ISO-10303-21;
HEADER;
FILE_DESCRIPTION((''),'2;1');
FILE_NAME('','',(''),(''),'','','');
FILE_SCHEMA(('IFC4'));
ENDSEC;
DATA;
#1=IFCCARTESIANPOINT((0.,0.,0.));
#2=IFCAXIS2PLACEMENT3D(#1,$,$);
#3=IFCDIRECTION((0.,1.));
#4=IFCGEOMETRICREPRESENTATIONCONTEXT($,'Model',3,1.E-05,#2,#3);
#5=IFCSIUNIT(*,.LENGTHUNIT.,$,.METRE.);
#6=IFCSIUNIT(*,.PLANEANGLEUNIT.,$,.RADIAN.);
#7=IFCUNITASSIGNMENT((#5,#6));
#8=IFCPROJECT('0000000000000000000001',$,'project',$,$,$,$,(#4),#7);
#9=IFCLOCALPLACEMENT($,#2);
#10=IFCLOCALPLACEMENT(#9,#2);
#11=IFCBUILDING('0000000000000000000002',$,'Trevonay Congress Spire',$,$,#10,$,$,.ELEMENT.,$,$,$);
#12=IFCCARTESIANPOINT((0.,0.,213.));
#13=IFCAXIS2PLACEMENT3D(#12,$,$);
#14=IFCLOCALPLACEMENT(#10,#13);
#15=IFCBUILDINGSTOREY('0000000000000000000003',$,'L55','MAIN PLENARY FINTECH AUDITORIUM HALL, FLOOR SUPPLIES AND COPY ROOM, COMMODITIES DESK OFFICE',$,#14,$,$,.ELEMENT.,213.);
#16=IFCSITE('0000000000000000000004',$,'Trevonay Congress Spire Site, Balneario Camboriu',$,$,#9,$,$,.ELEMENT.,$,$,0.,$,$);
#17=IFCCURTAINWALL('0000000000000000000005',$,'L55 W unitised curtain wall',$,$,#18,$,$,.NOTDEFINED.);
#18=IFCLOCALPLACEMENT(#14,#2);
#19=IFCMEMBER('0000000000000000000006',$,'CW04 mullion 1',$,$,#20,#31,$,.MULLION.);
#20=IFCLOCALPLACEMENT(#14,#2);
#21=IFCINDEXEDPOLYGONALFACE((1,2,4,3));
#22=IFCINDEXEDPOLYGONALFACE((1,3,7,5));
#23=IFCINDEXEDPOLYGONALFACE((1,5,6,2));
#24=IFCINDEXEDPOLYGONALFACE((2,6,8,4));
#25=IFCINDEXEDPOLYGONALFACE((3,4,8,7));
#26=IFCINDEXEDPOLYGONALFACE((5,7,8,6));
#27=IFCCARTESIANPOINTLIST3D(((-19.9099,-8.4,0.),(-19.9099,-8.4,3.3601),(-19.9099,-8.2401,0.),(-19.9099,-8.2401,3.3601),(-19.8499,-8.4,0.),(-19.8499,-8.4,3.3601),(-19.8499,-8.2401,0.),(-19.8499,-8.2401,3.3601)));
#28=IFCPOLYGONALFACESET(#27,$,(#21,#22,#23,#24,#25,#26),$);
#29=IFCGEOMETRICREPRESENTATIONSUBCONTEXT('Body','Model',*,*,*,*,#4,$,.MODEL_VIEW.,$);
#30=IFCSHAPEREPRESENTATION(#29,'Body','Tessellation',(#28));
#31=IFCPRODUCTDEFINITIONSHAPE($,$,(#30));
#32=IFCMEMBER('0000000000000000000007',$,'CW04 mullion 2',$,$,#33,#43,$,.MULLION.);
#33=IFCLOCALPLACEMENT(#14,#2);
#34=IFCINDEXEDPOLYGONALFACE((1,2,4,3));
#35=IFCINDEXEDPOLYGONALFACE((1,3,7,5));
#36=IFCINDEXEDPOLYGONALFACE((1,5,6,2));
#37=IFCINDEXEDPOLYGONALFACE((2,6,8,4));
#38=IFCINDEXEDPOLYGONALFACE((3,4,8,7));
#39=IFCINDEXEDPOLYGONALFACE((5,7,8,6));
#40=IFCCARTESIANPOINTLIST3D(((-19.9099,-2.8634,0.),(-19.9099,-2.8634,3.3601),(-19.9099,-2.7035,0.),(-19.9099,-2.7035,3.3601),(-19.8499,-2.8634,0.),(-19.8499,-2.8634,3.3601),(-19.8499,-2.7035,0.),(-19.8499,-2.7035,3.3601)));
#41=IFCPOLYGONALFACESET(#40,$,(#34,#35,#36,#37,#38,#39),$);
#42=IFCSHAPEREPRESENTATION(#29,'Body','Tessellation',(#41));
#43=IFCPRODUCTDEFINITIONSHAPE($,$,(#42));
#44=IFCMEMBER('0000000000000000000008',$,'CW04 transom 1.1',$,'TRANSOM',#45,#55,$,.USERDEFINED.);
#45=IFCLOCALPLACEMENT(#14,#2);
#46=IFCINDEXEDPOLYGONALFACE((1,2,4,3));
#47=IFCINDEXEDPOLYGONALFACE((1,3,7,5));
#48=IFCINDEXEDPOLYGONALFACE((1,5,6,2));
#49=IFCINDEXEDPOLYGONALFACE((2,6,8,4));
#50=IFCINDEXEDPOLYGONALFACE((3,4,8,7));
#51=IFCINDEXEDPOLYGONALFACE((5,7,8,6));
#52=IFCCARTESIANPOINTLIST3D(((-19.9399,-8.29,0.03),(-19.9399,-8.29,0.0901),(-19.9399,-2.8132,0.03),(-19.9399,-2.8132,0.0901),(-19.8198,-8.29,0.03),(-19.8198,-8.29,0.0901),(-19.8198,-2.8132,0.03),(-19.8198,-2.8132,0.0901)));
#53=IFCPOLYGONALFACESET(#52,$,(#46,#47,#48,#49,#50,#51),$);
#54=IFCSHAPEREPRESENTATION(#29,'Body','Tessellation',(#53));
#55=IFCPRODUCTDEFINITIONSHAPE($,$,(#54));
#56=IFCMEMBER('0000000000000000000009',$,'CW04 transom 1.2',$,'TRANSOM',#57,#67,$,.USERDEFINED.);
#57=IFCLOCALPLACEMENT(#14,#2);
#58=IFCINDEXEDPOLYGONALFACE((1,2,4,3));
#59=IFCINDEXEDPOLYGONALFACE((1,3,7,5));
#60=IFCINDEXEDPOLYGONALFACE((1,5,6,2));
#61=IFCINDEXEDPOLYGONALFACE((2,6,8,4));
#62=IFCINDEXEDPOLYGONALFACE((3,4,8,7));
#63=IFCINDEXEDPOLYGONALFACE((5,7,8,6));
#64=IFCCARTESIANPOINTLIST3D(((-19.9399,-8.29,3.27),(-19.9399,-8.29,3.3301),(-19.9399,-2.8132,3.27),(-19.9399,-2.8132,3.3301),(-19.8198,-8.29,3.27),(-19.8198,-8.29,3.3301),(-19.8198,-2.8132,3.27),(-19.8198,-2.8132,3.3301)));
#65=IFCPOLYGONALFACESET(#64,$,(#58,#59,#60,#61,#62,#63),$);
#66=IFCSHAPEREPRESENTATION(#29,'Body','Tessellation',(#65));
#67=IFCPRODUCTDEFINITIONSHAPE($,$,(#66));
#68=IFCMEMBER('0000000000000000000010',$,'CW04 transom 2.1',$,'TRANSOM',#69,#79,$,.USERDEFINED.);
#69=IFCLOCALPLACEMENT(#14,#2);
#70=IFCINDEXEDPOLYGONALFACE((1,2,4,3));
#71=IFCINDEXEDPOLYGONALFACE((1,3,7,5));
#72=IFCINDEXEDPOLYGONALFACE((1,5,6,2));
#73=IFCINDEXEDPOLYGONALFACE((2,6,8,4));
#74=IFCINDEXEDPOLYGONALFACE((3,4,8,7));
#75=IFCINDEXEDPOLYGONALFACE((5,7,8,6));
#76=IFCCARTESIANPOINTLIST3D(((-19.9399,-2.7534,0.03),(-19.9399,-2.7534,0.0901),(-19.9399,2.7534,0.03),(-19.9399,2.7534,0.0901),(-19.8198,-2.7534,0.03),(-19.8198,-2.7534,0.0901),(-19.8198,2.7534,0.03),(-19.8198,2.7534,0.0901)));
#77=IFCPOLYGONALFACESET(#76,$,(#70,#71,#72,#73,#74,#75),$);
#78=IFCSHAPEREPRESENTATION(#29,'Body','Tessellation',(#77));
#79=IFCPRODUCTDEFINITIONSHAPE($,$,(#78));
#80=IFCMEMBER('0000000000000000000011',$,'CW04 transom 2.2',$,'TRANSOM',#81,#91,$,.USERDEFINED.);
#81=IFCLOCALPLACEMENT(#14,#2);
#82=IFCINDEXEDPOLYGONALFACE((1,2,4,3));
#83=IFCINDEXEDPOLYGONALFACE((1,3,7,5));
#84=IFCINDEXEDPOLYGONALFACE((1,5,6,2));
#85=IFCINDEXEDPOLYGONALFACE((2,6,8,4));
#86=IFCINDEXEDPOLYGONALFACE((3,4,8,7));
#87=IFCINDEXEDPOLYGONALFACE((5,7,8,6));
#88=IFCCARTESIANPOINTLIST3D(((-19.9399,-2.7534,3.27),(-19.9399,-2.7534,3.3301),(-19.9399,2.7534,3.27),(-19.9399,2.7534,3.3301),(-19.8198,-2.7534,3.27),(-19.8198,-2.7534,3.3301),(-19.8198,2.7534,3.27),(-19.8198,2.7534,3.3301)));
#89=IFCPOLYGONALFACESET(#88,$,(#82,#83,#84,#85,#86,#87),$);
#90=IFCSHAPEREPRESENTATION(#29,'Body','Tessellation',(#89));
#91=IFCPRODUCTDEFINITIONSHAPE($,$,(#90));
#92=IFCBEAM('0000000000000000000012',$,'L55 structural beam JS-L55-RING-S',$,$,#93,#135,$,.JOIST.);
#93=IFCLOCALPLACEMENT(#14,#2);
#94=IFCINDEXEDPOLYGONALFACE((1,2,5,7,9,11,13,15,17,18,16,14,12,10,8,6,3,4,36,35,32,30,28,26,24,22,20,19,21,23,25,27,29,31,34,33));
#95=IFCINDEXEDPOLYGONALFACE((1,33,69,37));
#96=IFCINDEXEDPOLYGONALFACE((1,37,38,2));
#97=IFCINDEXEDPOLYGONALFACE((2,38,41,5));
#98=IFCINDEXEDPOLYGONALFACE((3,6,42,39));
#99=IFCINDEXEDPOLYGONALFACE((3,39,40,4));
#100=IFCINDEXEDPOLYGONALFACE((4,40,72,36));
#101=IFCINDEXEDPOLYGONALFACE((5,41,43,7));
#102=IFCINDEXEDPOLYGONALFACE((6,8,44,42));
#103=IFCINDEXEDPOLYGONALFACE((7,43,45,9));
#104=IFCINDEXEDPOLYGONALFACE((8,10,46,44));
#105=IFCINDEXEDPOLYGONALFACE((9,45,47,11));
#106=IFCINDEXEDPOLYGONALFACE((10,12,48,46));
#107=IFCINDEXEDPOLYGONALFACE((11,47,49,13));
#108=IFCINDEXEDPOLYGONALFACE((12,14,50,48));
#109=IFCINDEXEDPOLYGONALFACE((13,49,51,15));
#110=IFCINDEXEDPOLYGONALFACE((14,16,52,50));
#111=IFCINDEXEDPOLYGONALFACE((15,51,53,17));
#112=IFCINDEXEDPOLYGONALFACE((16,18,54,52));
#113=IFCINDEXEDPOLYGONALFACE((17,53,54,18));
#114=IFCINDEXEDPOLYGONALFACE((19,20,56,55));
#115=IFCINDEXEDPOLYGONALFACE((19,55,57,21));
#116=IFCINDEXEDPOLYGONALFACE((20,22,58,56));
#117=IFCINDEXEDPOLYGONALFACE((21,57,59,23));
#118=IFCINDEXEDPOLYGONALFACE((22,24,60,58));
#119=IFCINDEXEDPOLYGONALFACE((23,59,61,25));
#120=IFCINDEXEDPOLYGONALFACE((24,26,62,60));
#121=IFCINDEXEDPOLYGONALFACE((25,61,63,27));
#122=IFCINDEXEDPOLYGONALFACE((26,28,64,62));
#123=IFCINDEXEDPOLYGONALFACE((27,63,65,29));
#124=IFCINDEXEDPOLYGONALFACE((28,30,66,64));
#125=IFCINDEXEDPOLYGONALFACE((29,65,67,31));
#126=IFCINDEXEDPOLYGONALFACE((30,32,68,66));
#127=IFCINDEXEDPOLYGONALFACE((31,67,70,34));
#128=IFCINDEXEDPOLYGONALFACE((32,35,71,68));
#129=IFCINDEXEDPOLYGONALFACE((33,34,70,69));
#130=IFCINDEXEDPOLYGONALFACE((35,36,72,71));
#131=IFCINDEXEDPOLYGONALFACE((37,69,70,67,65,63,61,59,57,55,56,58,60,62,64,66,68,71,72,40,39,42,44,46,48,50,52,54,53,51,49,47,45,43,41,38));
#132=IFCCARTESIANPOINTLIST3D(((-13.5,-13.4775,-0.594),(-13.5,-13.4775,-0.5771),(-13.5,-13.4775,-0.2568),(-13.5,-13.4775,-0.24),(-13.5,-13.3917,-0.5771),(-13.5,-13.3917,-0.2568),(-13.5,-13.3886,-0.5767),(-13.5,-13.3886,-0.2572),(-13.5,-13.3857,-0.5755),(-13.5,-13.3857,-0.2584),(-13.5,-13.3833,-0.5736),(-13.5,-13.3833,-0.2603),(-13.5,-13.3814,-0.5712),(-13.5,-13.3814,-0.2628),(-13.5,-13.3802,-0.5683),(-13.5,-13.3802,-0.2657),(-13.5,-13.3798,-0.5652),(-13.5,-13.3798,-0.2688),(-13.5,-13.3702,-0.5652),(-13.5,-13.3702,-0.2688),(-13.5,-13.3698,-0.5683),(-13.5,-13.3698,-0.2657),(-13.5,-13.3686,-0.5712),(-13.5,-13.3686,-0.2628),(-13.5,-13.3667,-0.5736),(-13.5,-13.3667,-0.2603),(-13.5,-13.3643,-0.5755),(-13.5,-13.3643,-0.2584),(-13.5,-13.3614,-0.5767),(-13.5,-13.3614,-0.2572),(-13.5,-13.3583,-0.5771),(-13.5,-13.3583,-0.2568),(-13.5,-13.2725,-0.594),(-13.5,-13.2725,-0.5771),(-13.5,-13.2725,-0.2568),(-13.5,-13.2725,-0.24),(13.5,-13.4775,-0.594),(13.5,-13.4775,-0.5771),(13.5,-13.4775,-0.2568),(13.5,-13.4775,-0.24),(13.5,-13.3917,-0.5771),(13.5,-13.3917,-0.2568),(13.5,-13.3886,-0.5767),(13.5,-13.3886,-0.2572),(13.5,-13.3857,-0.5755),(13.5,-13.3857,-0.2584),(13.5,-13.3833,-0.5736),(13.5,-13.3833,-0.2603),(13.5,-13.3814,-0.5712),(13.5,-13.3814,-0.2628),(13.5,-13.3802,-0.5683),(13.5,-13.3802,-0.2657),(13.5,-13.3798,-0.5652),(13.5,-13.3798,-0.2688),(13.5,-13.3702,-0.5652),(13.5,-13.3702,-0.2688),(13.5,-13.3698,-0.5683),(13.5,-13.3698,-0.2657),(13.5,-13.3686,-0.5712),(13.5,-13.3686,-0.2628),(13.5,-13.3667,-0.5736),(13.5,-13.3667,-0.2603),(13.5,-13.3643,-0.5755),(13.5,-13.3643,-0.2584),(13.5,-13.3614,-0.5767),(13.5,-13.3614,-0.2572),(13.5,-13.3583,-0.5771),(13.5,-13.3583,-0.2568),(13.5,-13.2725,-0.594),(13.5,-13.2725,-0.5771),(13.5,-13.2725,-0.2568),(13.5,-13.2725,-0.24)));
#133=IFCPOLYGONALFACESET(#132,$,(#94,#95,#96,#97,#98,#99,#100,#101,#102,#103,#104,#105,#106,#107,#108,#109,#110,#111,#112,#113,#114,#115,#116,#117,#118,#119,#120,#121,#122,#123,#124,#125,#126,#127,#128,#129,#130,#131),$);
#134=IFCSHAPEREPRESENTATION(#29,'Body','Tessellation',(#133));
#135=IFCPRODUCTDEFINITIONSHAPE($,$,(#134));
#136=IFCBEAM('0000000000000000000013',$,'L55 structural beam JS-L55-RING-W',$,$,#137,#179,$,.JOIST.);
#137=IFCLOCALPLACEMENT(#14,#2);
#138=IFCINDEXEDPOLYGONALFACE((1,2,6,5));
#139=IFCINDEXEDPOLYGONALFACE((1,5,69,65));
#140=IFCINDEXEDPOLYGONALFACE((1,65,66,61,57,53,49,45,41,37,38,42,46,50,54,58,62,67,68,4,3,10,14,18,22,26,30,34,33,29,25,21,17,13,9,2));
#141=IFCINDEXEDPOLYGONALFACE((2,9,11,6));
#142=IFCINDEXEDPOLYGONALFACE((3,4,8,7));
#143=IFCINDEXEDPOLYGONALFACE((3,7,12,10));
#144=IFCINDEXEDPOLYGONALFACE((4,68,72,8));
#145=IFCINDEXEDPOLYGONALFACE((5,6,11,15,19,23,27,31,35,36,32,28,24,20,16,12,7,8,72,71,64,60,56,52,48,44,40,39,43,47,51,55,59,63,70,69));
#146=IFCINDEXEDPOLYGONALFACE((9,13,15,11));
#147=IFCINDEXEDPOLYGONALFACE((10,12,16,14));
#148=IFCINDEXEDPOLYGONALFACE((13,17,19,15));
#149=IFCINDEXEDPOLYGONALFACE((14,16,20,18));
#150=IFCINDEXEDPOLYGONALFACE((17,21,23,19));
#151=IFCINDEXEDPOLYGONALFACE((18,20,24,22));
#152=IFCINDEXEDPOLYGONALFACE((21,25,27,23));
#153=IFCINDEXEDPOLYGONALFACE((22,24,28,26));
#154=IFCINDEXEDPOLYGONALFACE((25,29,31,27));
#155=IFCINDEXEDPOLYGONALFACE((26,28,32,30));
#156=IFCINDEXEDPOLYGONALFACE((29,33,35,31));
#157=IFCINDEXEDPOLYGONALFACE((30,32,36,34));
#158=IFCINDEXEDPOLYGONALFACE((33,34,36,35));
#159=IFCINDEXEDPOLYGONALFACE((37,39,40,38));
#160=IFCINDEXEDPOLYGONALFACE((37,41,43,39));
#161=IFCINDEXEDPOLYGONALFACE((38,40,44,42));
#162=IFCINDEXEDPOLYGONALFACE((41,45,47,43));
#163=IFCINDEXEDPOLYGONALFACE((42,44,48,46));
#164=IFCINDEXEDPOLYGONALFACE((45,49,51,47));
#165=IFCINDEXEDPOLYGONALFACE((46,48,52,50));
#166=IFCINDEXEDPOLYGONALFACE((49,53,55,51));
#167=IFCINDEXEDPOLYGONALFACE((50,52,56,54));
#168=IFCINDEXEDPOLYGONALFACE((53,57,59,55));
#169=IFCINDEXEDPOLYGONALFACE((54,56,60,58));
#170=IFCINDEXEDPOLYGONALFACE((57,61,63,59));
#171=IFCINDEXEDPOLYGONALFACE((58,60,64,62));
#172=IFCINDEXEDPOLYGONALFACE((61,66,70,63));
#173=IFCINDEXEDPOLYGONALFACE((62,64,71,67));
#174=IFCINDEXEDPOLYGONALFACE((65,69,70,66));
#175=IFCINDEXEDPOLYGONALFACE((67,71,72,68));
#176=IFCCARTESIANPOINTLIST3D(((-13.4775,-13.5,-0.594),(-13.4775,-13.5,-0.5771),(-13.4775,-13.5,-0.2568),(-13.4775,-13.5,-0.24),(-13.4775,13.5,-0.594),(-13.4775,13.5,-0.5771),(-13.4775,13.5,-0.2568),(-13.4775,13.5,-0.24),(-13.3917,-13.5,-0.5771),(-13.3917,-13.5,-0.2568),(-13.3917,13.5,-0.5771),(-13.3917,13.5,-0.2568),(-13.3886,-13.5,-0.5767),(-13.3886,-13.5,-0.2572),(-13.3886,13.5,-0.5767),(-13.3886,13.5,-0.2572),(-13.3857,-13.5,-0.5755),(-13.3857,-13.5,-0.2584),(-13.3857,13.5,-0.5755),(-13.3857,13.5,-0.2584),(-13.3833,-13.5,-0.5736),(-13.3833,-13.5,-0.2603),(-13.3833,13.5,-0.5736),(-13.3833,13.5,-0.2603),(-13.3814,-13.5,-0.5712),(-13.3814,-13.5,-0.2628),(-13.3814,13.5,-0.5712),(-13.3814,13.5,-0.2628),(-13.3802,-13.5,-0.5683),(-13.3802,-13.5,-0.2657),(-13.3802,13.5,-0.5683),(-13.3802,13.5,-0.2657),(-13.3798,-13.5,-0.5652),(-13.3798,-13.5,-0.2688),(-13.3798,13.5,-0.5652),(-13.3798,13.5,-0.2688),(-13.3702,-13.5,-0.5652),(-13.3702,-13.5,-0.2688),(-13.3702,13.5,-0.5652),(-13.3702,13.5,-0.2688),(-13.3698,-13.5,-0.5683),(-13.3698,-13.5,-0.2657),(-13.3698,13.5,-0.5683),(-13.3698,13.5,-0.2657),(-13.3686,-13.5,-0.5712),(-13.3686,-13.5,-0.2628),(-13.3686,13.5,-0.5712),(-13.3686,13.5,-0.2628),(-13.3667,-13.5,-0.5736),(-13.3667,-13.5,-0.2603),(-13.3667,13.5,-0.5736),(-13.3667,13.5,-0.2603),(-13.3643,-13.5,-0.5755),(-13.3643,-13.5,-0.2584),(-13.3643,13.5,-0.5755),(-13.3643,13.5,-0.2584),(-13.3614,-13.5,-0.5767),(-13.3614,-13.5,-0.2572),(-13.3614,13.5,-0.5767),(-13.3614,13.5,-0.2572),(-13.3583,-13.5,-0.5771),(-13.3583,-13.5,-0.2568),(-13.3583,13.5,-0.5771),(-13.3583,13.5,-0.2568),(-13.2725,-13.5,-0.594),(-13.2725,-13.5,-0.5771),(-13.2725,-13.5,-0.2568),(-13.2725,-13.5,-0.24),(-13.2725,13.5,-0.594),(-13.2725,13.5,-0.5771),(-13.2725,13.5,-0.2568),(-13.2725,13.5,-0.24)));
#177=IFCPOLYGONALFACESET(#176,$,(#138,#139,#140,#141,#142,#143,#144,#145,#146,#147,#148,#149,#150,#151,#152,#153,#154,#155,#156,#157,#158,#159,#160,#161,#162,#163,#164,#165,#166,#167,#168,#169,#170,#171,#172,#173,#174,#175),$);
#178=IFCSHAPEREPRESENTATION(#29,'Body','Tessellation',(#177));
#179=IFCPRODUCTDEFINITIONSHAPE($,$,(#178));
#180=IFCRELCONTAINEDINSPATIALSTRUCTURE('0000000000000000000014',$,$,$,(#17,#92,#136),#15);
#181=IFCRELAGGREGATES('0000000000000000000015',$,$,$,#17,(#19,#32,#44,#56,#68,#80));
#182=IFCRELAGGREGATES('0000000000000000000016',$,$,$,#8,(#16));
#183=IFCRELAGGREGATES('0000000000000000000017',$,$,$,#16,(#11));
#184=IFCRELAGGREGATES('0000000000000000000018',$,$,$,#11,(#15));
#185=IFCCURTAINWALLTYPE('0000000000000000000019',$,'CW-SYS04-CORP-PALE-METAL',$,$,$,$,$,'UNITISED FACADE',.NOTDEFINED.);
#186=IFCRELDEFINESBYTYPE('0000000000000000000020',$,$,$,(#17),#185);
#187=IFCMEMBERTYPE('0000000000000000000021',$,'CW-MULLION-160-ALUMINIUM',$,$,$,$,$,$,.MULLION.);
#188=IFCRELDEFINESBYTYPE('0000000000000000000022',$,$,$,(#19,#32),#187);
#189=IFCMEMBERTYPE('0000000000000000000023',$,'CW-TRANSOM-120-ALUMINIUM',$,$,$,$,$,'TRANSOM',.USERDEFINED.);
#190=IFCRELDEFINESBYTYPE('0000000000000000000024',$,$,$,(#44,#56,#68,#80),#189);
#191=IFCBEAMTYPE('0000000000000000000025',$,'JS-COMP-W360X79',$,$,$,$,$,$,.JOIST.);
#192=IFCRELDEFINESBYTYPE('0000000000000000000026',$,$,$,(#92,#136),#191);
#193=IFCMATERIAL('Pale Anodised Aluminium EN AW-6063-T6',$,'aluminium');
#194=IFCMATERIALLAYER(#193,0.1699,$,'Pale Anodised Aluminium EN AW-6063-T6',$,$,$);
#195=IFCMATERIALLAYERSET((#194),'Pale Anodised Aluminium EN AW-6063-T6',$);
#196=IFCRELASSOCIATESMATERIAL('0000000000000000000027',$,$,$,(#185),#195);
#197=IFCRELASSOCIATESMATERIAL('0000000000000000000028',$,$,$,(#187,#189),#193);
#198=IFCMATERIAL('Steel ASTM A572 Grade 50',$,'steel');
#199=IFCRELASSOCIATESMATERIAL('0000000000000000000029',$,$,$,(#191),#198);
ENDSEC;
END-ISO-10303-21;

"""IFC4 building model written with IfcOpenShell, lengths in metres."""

from ifc_helpers import new_model, si_unit, direction, frame, origin, origin_2d, place, context, subcontext, project, spatial, rectangle, i_section, extrude, material, layer, layer_set, material_profile, profile_set, type_object, element, aggregate, save


model = new_model("IFC4")

# Units and contexts
model_context = context("Model", 3, precision=1e-05, world=origin(), true_north=direction((0.0, 1.0)))
body_context = subcontext(model_context, "Body", "Model", "MODEL_VIEW")
ifc_project = project(units=[si_unit("LENGTHUNIT", "METRE"), si_unit("PLANEANGLEUNIT", "RADIAN")], contexts=[model_context])

# Site, building, storey
site_placement = place(None, origin())
site = spatial("IfcSite", under=ifc_project, at=site_placement, Name="Trevonay Congress Spire Site, Balneario Camboriu", CompositionType="ELEMENT", RefElevation=0.0)
building_placement = place(site_placement, origin())
building = spatial("IfcBuilding", under=site, at=building_placement, Name="Trevonay Congress Spire", CompositionType="ELEMENT")
storey_placement = place(building_placement, frame((0.0, 0.0, 213.0)))
storey = spatial("IfcBuildingStorey", under=building, at=storey_placement, Name="L55", Description="MAIN PLENARY FINTECH AUDITORIUM HALL, FLOOR SUPPLIES AND COPY ROOM, COMMODITIES DESK OFFICE", CompositionType="ELEMENT", Elevation=213.0)

# Shared definitions
ifc_material_1 = material(Name="Steel ASTM A572 Grade 50", Category="steel")

# Curtain wall, members
ifc_material_2 = material(Name="Pale Anodised Aluminium EN AW-6063-T6", Category="aluminium")
ifc_layer_1 = layer(ifc_material_2, 0.1699, Name="Pale Anodised Aluminium EN AW-6063-T6")
ifc_layer_set_1 = layer_set([ifc_layer_1], Name="Pale Anodised Aluminium EN AW-6063-T6")
curtain_wall_type = type_object("IfcCurtainWallType", Name="CW-SYS04-CORP-PALE-METAL", ElementType="UNITISED FACADE", PredefinedType="NOTDEFINED", material=ifc_layer_set_1)
curtain_wall_placement = place(storey_placement, origin())
curtain_wall = element("IfcCurtainWall", 1, at=curtain_wall_placement, inside=storey, type_object=curtain_wall_type, Name="L55 W unitised curtain wall", PredefinedType="NOTDEFINED")
ifc_material_profile_1 = material_profile(ifc_material_2, rectangle(XDim=0.0601, YDim=0.1599, at=origin_2d()), Name="CW-MULLION-160-ALUMINIUM")
ifc_profile_set_1 = profile_set([ifc_material_profile_1], Name="Pale Anodised Aluminium EN AW-6063-T6")
member_type_1 = type_object("IfcMemberType", Name="CW-MULLION-160-ALUMINIUM", PredefinedType="MULLION", material=ifc_profile_set_1)
member_1_placement = place(storey_placement, frame((-19.8799, -8.3201, 0.0), z_axis=(0.0, 0.0, 1.0), x_axis=(-1.0, 0.0, 0.0)))
member_1 = element("IfcMember", 2, at=member_1_placement, type_object=member_type_1, Name="CW04 mullion 1", PredefinedType="MULLION", context=body_context, shape_type="SweptSolid", body=[
    extrude(rectangle(XDim=0.0601, YDim=0.1599, at=origin_2d()), origin(), (0.0, 0.0, 1.0), 3.3601),
])
member_2_placement = place(storey_placement, frame((-19.8799, -2.7834, 0.0), z_axis=(0.0, 0.0, 1.0), x_axis=(-1.0, 0.0, 0.0)))
member_2 = element("IfcMember", 3, at=member_2_placement, type_object=member_type_1, Name="CW04 mullion 2", PredefinedType="MULLION", context=body_context, shape_type="SweptSolid", body=[
    extrude(rectangle(XDim=0.0601, YDim=0.1599, at=origin_2d()), origin(), (0.0, 0.0, 1.0), 3.3601),
])
ifc_material_profile_2 = material_profile(ifc_material_2, rectangle(XDim=0.1201, YDim=0.0601, at=origin_2d()), Name="CW-TRANSOM-120-ALUMINIUM")
ifc_profile_set_2 = profile_set([ifc_material_profile_2], Name="Pale Anodised Aluminium EN AW-6063-T6")
member_type_2 = type_object("IfcMemberType", Name="CW-TRANSOM-120-ALUMINIUM", ElementType="TRANSOM", PredefinedType="USERDEFINED", material=ifc_profile_set_2)
member_3_placement = place(storey_placement, frame((-19.8799, -8.29, 0.0601), z_axis=(0.0, 1.0, 0.0), x_axis=(-1.0, 0.0, 0.0)))
member_3 = element("IfcMember", 4, at=member_3_placement, type_object=member_type_2, Name="CW04 transom 1.1", ObjectType="TRANSOM", PredefinedType="USERDEFINED", context=body_context, shape_type="SweptSolid", body=[
    extrude(rectangle(XDim=0.1201, YDim=0.0601, at=origin_2d()), origin(), (0.0, 0.0, 1.0), 5.4768),
])
member_4_placement = place(storey_placement, frame((-19.8799, -8.29, 3.3), z_axis=(0.0, 1.0, 0.0), x_axis=(-1.0, 0.0, 0.0)))
member_4 = element("IfcMember", 5, at=member_4_placement, type_object=member_type_2, Name="CW04 transom 1.2", ObjectType="TRANSOM", PredefinedType="USERDEFINED", context=body_context, shape_type="SweptSolid", body=[
    extrude(rectangle(XDim=0.1201, YDim=0.0601, at=origin_2d()), origin(), (0.0, 0.0, 1.0), 5.4768),
])
member_5_placement = place(storey_placement, frame((-19.8799, -2.7534, 0.0601), z_axis=(0.0, 1.0, 0.0), x_axis=(-1.0, 0.0, 0.0)))
member_5 = element("IfcMember", 6, at=member_5_placement, type_object=member_type_2, Name="CW04 transom 2.1", ObjectType="TRANSOM", PredefinedType="USERDEFINED", context=body_context, shape_type="SweptSolid", body=[
    extrude(rectangle(XDim=0.1201, YDim=0.0601, at=origin_2d()), origin(), (0.0, 0.0, 1.0), 5.5068),
])
member_6_placement = place(storey_placement, frame((-19.8799, -2.7534, 3.3), z_axis=(0.0, 1.0, 0.0), x_axis=(-1.0, 0.0, 0.0)))
member_6 = element("IfcMember", 7, at=member_6_placement, type_object=member_type_2, Name="CW04 transom 2.2", ObjectType="TRANSOM", PredefinedType="USERDEFINED", context=body_context, shape_type="SweptSolid", body=[
    extrude(rectangle(XDim=0.1201, YDim=0.0601, at=origin_2d()), origin(), (0.0, 0.0, 1.0), 5.5068),
])

# Beams
ifc_material_profile_3 = material_profile(ifc_material_1, i_section(OverallWidth=0.2051, OverallDepth=0.354, WebThickness=0.0095, FlangeThickness=0.0168, FilletRadius=0.012, at=origin_2d()), Name="W360x79")
ifc_profile_set_3 = profile_set([ifc_material_profile_3], Name="Steel ASTM A572 Grade 50")
beam_type_1 = type_object("IfcBeamType", Name="JS-COMP-W360X79", PredefinedType="JOIST", material=ifc_profile_set_3)
for number, where, z_axis, x_axis, name in (
    (8, (-13.5, -13.375, -0.417), (1.0, 0.0, 0.0), (0.0, 1.0, 0.0), "L55 structural beam JS-L55-RING-S"),
    (9, (-13.375, -13.5, -0.417), (0.0, 1.0, 0.0), (-1.0, 0.0, 0.0), "L55 structural beam JS-L55-RING-W"),
):
    element("IfcBeam", number, at=place(storey_placement, frame(where, z_axis=z_axis, x_axis=x_axis)), inside=storey, type_object=beam_type_1, Name=name, PredefinedType="JOIST", context=body_context, shape_type="SweptSolid", body=[
        extrude(i_section(OverallWidth=0.2051, OverallDepth=0.354, WebThickness=0.0095, FlangeThickness=0.0168, FilletRadius=0.012, at=origin_2d()), origin(), (0.0, 0.0, 1.0), 27.0),
    ])

aggregate(curtain_wall, [member_1, member_2, member_3, member_4, member_5, member_6])

save(model, "model.ifc")
